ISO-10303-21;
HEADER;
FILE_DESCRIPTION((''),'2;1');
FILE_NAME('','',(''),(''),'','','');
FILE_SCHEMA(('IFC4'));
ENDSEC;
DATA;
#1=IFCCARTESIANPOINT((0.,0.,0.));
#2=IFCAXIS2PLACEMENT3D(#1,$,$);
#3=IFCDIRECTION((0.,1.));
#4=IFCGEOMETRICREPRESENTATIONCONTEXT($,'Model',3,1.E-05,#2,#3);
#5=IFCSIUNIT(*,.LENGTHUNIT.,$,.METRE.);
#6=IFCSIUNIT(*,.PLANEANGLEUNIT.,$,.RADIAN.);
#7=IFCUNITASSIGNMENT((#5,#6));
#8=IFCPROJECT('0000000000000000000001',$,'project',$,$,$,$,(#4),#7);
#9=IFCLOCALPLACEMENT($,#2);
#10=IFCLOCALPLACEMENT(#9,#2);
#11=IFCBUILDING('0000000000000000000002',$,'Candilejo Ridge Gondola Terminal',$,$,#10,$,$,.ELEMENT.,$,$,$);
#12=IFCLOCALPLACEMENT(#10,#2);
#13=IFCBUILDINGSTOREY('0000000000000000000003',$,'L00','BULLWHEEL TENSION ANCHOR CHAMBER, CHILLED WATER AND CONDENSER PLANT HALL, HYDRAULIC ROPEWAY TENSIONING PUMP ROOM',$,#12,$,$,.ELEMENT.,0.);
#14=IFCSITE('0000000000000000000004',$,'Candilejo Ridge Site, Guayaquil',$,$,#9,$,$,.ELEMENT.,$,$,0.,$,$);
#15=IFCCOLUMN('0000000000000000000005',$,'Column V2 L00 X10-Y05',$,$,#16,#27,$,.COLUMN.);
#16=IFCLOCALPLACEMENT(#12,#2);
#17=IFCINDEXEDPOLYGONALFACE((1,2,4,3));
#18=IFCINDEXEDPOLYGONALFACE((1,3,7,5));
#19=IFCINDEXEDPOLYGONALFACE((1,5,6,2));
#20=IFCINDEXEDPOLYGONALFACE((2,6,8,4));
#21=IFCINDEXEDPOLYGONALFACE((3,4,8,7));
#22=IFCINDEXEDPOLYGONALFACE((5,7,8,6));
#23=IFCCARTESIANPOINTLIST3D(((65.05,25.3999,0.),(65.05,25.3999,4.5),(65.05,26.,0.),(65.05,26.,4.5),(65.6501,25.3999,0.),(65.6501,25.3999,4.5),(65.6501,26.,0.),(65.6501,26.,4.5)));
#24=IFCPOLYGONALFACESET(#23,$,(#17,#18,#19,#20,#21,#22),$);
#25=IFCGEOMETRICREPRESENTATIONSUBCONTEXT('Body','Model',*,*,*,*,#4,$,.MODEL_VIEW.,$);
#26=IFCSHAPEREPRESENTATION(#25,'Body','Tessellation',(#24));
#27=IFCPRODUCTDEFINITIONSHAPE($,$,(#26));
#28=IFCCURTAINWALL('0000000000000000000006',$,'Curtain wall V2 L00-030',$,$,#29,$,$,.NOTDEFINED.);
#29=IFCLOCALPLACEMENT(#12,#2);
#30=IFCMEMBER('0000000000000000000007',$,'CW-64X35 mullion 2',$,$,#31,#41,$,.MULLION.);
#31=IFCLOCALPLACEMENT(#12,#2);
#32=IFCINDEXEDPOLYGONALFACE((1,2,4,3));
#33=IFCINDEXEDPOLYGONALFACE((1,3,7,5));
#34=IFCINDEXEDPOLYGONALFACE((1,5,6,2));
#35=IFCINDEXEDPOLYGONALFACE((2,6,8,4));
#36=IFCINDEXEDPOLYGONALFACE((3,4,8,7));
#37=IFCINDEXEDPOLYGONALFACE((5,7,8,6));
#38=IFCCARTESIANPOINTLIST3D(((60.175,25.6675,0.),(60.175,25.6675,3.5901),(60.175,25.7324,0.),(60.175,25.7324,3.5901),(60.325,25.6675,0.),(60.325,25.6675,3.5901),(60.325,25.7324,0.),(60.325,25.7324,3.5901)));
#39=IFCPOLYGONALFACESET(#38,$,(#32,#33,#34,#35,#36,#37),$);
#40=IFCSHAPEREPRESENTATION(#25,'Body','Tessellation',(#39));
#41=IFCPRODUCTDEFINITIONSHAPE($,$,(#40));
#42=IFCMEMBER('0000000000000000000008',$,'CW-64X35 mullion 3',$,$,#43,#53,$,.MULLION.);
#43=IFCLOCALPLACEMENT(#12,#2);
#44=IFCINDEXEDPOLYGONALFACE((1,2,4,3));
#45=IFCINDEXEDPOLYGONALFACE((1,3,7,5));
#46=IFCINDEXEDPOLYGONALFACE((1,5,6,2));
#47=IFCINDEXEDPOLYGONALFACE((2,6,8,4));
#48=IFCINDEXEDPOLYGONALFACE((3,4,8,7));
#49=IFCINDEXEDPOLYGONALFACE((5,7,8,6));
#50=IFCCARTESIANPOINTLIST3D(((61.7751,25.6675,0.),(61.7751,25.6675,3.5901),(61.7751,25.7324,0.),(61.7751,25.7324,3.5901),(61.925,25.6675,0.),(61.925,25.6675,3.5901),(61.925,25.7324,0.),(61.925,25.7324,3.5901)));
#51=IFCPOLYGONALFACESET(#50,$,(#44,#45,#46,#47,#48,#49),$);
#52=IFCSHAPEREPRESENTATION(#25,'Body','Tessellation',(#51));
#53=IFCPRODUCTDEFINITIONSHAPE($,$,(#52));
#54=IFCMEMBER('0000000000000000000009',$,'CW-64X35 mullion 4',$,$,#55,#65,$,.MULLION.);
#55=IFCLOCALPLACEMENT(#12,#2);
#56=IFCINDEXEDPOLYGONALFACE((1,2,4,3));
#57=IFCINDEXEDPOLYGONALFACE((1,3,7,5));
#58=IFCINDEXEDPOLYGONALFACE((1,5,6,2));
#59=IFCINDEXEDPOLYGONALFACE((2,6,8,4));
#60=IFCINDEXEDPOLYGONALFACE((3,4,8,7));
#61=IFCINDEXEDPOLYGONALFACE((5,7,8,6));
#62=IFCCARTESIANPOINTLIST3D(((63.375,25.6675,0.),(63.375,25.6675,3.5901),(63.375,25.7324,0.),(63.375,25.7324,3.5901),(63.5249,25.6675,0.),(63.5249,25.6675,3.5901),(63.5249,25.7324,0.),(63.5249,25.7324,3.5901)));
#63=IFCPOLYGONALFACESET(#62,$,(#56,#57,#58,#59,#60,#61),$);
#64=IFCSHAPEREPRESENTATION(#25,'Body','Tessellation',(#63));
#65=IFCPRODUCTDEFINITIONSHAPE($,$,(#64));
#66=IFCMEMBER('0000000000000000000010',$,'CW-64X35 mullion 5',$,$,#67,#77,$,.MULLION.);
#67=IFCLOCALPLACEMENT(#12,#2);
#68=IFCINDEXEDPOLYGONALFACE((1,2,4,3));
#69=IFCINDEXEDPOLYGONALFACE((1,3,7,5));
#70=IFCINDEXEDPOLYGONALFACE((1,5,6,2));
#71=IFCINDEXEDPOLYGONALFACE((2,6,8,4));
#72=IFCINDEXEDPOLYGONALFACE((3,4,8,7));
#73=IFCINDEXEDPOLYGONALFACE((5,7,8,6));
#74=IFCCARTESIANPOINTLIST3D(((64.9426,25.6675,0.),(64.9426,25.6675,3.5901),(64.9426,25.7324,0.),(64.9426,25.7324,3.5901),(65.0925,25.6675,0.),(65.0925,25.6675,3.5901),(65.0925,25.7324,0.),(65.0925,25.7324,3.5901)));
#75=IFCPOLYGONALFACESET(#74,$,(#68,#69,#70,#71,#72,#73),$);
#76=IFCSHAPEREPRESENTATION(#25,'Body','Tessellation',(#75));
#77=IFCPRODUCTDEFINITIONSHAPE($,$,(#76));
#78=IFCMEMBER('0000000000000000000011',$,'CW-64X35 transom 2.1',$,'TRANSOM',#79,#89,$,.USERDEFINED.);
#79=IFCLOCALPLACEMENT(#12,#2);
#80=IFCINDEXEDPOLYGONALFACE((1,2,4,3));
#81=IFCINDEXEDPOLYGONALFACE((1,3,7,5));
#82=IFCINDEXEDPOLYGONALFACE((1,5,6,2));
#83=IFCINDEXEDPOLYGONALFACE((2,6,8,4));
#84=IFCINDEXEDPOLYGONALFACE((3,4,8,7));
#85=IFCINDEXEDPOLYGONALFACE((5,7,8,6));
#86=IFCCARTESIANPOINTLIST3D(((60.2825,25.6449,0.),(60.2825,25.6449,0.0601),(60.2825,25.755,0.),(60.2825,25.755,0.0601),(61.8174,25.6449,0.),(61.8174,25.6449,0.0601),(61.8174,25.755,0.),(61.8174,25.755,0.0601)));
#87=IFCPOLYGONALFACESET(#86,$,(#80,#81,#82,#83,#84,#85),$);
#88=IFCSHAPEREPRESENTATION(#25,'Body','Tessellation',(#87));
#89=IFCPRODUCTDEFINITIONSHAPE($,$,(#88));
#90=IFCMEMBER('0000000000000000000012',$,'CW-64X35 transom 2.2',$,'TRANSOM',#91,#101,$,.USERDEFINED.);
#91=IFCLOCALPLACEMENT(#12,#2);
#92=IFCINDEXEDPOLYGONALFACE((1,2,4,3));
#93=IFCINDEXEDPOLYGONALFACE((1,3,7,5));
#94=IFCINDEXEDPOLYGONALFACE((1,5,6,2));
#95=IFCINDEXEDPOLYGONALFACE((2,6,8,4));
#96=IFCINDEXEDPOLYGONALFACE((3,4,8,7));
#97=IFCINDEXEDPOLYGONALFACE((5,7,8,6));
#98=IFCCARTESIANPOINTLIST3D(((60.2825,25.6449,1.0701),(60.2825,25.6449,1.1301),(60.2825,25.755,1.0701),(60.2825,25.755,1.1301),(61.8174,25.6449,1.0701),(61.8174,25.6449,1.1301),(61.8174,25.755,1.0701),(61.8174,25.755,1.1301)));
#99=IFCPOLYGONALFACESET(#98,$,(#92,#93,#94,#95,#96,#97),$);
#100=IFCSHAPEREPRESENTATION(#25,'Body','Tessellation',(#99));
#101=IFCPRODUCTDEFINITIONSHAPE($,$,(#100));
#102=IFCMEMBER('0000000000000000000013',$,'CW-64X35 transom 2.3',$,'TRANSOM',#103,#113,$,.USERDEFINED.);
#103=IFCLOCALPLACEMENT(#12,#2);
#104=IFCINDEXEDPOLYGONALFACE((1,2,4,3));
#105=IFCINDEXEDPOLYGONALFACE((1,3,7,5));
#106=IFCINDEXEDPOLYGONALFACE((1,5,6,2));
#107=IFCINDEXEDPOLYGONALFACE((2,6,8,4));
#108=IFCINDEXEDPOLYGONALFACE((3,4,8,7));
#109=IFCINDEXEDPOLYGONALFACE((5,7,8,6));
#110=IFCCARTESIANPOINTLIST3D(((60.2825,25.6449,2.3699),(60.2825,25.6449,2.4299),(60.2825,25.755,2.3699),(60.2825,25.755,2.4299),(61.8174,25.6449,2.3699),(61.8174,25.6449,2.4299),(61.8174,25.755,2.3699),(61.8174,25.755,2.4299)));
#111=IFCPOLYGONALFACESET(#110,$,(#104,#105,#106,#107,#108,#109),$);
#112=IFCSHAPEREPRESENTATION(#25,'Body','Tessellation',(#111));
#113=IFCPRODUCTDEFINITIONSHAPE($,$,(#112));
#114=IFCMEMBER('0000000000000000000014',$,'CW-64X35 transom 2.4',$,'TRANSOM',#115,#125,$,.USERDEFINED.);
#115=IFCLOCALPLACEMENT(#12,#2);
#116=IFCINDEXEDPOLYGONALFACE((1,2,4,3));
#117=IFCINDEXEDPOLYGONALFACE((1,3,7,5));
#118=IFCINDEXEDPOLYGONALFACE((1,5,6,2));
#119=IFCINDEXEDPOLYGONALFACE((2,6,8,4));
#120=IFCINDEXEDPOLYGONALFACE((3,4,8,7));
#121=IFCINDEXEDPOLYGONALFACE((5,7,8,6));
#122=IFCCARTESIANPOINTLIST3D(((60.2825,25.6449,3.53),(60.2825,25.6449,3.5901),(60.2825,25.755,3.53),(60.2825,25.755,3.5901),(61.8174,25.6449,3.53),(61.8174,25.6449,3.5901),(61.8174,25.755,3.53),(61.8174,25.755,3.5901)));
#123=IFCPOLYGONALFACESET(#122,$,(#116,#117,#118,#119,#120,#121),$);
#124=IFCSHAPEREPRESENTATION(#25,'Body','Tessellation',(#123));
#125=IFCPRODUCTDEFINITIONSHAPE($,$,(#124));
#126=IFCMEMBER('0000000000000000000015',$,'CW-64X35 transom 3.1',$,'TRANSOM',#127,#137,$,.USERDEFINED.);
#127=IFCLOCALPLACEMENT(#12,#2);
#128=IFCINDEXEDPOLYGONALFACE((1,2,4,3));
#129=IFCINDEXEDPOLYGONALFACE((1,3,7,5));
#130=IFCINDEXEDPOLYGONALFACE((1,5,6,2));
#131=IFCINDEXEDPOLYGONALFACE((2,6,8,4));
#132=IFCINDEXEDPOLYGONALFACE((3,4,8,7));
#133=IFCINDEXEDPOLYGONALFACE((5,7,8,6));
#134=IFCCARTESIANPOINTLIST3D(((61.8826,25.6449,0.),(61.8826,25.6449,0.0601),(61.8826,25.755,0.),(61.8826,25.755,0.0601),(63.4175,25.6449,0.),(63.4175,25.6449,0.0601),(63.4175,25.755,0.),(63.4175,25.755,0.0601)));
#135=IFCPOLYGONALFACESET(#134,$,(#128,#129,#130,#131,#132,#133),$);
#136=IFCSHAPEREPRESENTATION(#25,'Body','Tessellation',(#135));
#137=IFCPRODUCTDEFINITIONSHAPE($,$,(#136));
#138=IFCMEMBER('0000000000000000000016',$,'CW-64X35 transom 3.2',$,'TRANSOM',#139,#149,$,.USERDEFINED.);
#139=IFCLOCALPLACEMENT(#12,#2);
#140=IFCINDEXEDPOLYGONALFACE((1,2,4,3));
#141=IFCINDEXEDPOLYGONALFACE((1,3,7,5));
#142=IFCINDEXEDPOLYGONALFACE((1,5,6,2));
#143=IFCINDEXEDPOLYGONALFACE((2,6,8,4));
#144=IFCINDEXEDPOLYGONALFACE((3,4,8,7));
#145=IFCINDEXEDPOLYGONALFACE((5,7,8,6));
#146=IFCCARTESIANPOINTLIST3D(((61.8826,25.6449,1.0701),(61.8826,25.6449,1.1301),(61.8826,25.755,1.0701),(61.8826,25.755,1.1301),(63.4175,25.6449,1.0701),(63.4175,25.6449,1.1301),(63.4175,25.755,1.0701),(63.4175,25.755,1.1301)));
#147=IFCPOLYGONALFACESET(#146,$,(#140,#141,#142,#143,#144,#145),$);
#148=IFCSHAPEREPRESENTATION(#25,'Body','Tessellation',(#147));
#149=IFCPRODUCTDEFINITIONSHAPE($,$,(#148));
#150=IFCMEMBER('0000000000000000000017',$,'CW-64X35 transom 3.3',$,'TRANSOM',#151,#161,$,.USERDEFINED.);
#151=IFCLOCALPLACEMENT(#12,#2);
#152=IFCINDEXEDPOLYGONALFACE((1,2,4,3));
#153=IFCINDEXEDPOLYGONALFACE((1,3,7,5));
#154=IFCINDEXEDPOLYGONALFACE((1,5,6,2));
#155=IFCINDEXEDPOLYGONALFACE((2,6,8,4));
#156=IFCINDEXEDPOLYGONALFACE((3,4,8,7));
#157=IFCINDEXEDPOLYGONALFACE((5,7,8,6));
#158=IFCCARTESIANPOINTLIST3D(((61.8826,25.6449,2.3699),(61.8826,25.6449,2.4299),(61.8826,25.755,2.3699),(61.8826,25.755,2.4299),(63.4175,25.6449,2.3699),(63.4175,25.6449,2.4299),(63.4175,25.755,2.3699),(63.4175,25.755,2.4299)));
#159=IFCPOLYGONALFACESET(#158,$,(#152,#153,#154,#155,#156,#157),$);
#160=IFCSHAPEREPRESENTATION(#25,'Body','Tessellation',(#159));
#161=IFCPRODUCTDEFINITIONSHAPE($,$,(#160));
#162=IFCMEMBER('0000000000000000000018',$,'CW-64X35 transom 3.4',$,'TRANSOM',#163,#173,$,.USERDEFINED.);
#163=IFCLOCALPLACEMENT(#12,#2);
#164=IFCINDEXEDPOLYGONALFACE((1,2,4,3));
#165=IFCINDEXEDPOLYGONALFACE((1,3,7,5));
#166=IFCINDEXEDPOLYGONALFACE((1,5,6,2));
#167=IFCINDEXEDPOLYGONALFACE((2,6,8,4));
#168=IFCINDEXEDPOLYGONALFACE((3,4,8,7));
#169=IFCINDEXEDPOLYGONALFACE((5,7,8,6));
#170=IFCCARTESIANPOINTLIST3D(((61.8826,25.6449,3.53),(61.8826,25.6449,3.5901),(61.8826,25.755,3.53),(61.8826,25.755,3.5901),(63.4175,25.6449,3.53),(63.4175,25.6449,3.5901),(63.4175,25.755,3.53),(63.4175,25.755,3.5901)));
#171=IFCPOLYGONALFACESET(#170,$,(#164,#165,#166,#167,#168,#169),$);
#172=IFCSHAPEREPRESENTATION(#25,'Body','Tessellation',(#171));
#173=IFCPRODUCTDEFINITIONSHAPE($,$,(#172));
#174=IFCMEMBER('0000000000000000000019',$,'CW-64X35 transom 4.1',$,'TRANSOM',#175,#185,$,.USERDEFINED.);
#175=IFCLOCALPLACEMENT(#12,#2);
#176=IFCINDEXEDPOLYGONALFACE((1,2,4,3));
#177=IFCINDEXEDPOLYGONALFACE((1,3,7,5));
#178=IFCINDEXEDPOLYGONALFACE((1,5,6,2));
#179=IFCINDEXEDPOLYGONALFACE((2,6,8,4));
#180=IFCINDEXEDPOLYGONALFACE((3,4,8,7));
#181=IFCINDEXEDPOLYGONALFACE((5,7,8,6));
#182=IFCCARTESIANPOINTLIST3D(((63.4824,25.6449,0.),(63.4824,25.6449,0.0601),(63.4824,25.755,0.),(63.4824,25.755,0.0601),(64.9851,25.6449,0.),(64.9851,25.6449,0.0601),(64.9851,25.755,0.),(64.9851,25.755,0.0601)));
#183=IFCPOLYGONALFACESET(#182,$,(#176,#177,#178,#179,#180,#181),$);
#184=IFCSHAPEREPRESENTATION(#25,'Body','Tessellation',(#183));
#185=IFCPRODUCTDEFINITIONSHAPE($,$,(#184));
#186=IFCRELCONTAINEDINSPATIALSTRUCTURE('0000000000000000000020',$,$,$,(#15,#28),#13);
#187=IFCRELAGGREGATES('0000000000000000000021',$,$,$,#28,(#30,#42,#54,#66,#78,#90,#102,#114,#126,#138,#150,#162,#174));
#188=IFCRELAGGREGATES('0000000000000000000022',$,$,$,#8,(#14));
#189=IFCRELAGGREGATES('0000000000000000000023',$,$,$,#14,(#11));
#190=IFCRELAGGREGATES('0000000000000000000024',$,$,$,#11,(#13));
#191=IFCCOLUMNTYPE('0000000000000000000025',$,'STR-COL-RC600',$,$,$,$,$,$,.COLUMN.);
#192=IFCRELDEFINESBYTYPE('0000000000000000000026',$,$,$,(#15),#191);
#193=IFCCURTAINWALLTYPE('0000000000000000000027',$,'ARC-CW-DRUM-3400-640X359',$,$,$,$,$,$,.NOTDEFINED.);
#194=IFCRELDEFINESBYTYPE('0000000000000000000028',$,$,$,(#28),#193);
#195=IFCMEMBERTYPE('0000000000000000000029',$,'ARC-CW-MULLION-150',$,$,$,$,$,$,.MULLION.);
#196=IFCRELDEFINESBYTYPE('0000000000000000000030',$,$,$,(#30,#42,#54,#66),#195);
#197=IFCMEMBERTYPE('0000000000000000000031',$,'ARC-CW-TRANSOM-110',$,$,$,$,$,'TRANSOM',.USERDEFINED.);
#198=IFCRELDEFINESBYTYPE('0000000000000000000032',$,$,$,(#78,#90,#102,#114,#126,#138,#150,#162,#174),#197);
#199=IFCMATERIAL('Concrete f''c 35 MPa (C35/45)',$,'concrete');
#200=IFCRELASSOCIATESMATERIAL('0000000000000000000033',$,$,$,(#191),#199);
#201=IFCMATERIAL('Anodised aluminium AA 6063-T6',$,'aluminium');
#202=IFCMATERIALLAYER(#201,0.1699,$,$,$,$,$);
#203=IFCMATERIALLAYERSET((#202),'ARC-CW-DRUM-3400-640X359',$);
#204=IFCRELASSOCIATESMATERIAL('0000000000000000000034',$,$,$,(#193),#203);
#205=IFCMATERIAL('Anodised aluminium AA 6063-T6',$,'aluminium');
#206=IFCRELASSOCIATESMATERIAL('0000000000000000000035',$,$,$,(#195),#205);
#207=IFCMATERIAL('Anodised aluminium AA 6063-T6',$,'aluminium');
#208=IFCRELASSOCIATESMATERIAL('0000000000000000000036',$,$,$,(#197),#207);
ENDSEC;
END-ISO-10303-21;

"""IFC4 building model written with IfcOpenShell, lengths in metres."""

from ifc_helpers import new_model, si_unit, direction, frame, origin, origin_2d, place, context, subcontext, project, spatial, rectangle, extrude, material, layer, layer_set, material_profile, profile_set, type_object, element, aggregate, save


model = new_model("IFC4")

# Units and contexts
model_context = context("Model", 3, precision=1e-05, world=origin(), true_north=direction((0.0, 1.0)))
body_context = subcontext(model_context, "Body", "Model", "MODEL_VIEW")
ifc_project = project(units=[si_unit("LENGTHUNIT", "METRE"), si_unit("PLANEANGLEUNIT", "RADIAN")], contexts=[model_context])

# Site, building, storey
site_placement = place(None, origin())
site = spatial("IfcSite", under=ifc_project, at=site_placement, Name="Candilejo Ridge Site, Guayaquil", CompositionType="ELEMENT", RefElevation=0.0)
building_placement = place(site_placement, origin())
building = spatial("IfcBuilding", under=site, at=building_placement, Name="Candilejo Ridge Gondola Terminal", CompositionType="ELEMENT")
storey_placement = place(building_placement, origin())
storey = spatial("IfcBuildingStorey", under=building, at=storey_placement, Name="L00", Description="BULLWHEEL TENSION ANCHOR CHAMBER, CHILLED WATER AND CONDENSER PLANT HALL, HYDRAULIC ROPEWAY TENSIONING PUMP ROOM", CompositionType="ELEMENT", Elevation=0.0)

# Column
ifc_material_1 = material(Name="Concrete f'c 35 MPa (C35/45)", Category="concrete")
ifc_material_profile_1 = material_profile(ifc_material_1, rectangle(XDim=0.6001, YDim=0.6001, at=origin_2d()))
ifc_profile_set_1 = profile_set([ifc_material_profile_1], Name="Concrete f'c 35 MPa (C35/45)")
column_type = type_object("IfcColumnType", Name="STR-COL-RC600", PredefinedType="COLUMN", material=ifc_profile_set_1)
column_placement = place(storey_placement, frame((65.3501, 25.7, 0.0), z_axis=(0.0, 0.0, 1.0), x_axis=(1.0, 0.0, 0.0)))
element("IfcColumn", 1, at=column_placement, inside=storey, type_object=column_type, Name="Column V2 L00 X10-Y05", PredefinedType="COLUMN", context=body_context, shape_type="SweptSolid", body=[
    extrude(rectangle(XDim=0.6001, YDim=0.6001, at=origin_2d()), origin(), (0.0, 0.0, 1.0), 4.5),
])

# Curtain wall, members
ifc_material_2 = material(Name="Anodised aluminium AA 6063-T6", Category="aluminium")
ifc_layer_1 = layer(ifc_material_2, 0.1699)
ifc_layer_set_1 = layer_set([ifc_layer_1], Name="ARC-CW-DRUM-3400-640X359")
curtain_wall_type = type_object("IfcCurtainWallType", Name="ARC-CW-DRUM-3400-640X359", PredefinedType="NOTDEFINED", material=ifc_layer_set_1)
curtain_wall_placement = place(storey_placement, origin())
curtain_wall = element("IfcCurtainWall", 2, at=curtain_wall_placement, inside=storey, type_object=curtain_wall_type, Name="Curtain wall V2 L00-030", PredefinedType="NOTDEFINED")
ifc_material_3 = material(Name="Anodised aluminium AA 6063-T6", Category="aluminium")
ifc_material_profile_2 = material_profile(ifc_material_3, rectangle(XDim=0.0649, YDim=0.1499, at=origin_2d()))
ifc_profile_set_2 = profile_set([ifc_material_profile_2], Name="Anodised aluminium AA 6063-T6")
member_type_1 = type_object("IfcMemberType", Name="ARC-CW-MULLION-150", PredefinedType="MULLION", material=ifc_profile_set_2)
member_1_placement = place(storey_placement, frame((60.25, 25.7, 0.0), z_axis=(0.0, 0.0, 1.0), x_axis=(0.0, 1.0, 0.0)))
member_1 = element("IfcMember", 3, at=member_1_placement, type_object=member_type_1, Name="CW-64X35 mullion 2", PredefinedType="MULLION", context=body_context, shape_type="SweptSolid", body=[
    extrude(rectangle(XDim=0.0649, YDim=0.1499, at=origin_2d()), origin(), (0.0, 0.0, 1.0), 3.5901),
])
member_2_placement = place(storey_placement, frame((61.8501, 25.7, 0.0), z_axis=(0.0, 0.0, 1.0), x_axis=(0.0, 1.0, 0.0)))
member_2 = element("IfcMember", 4, at=member_2_placement, type_object=member_type_1, Name="CW-64X35 mullion 3", PredefinedType="MULLION", context=body_context, shape_type="SweptSolid", body=[
    extrude(rectangle(XDim=0.0649, YDim=0.1499, at=origin_2d()), origin(), (0.0, 0.0, 1.0), 3.5901),
])
member_3_placement = place(storey_placement, frame((63.45, 25.7, 0.0), z_axis=(0.0, 0.0, 1.0), x_axis=(0.0, 1.0, 0.0)))
member_3 = element("IfcMember", 5, at=member_3_placement, type_object=member_type_1, Name="CW-64X35 mullion 4", PredefinedType="MULLION", context=body_context, shape_type="SweptSolid", body=[
    extrude(rectangle(XDim=0.0649, YDim=0.1499, at=origin_2d()), origin(), (0.0, 0.0, 1.0), 3.5901),
])
member_4_placement = place(storey_placement, frame((65.0176, 25.7, 0.0), z_axis=(0.0, 0.0, 1.0), x_axis=(0.0, 1.0, 0.0)))
member_4 = element("IfcMember", 6, at=member_4_placement, type_object=member_type_1, Name="CW-64X35 mullion 5", PredefinedType="MULLION", context=body_context, shape_type="SweptSolid", body=[
    extrude(rectangle(XDim=0.0649, YDim=0.1499, at=origin_2d()), origin(), (0.0, 0.0, 1.0), 3.5901),
])
ifc_material_4 = material(Name="Anodised aluminium AA 6063-T6", Category="aluminium")
ifc_material_profile_3 = material_profile(ifc_material_4, rectangle(XDim=0.1101, YDim=0.0601, at=origin_2d()))
ifc_profile_set_3 = profile_set([ifc_material_profile_3], Name="Anodised aluminium AA 6063-T6")
member_type_2 = type_object("IfcMemberType", Name="ARC-CW-TRANSOM-110", ElementType="TRANSOM", PredefinedType="USERDEFINED", material=ifc_profile_set_3)
member_5_placement = place(storey_placement, frame((60.2825, 25.7, 0.03), z_axis=(1.0, 0.0, 0.0), x_axis=(0.0, 1.0, 0.0)))
member_5 = element("IfcMember", 7, at=member_5_placement, type_object=member_type_2, Name="CW-64X35 transom 2.1", ObjectType="TRANSOM", PredefinedType="USERDEFINED", context=body_context, shape_type="SweptSolid", body=[
    extrude(rectangle(XDim=0.1101, YDim=0.0601, at=origin_2d()), origin(), (0.0, 0.0, 1.0), 1.5349),
])
member_6_placement = place(storey_placement, frame((60.2825, 25.7, 1.1001), z_axis=(1.0, 0.0, 0.0), x_axis=(0.0, 1.0, 0.0)))
member_6 = element("IfcMember", 8, at=member_6_placement, type_object=member_type_2, Name="CW-64X35 transom 2.2", ObjectType="TRANSOM", PredefinedType="USERDEFINED", context=body_context, shape_type="SweptSolid", body=[
    extrude(rectangle(XDim=0.1101, YDim=0.0601, at=origin_2d()), origin(), (0.0, 0.0, 1.0), 1.5349),
])
member_7_placement = place(storey_placement, frame((60.2825, 25.7, 2.3999), z_axis=(1.0, 0.0, 0.0), x_axis=(0.0, 1.0, 0.0)))
member_7 = element("IfcMember", 9, at=member_7_placement, type_object=member_type_2, Name="CW-64X35 transom 2.3", ObjectType="TRANSOM", PredefinedType="USERDEFINED", context=body_context, shape_type="SweptSolid", body=[
    extrude(rectangle(XDim=0.1101, YDim=0.0601, at=origin_2d()), origin(), (0.0, 0.0, 1.0), 1.5349),
])
member_8_placement = place(storey_placement, frame((60.2825, 25.7, 3.5601), z_axis=(1.0, 0.0, 0.0), x_axis=(0.0, 1.0, 0.0)))
member_8 = element("IfcMember", 10, at=member_8_placement, type_object=member_type_2, Name="CW-64X35 transom 2.4", ObjectType="TRANSOM", PredefinedType="USERDEFINED", context=body_context, shape_type="SweptSolid", body=[
    extrude(rectangle(XDim=0.1101, YDim=0.0601, at=origin_2d()), origin(), (0.0, 0.0, 1.0), 1.5349),
])
member_9_placement = place(storey_placement, frame((61.8826, 25.7, 0.03), z_axis=(1.0, 0.0, 0.0), x_axis=(0.0, 1.0, 0.0)))
member_9 = element("IfcMember", 11, at=member_9_placement, type_object=member_type_2, Name="CW-64X35 transom 3.1", ObjectType="TRANSOM", PredefinedType="USERDEFINED", context=body_context, shape_type="SweptSolid", body=[
    extrude(rectangle(XDim=0.1101, YDim=0.0601, at=origin_2d()), origin(), (0.0, 0.0, 1.0), 1.5349),
])
member_10_placement = place(storey_placement, frame((61.8826, 25.7, 1.1001), z_axis=(1.0, 0.0, 0.0), x_axis=(0.0, 1.0, 0.0)))
member_10 = element("IfcMember", 12, at=member_10_placement, type_object=member_type_2, Name="CW-64X35 transom 3.2", ObjectType="TRANSOM", PredefinedType="USERDEFINED", context=body_context, shape_type="SweptSolid", body=[
    extrude(rectangle(XDim=0.1101, YDim=0.0601, at=origin_2d()), origin(), (0.0, 0.0, 1.0), 1.5349),
])
member_11_placement = place(storey_placement, frame((61.8826, 25.7, 2.3999), z_axis=(1.0, 0.0, 0.0), x_axis=(0.0, 1.0, 0.0)))
member_11 = element("IfcMember", 13, at=member_11_placement, type_object=member_type_2, Name="CW-64X35 transom 3.3", ObjectType="TRANSOM", PredefinedType="USERDEFINED", context=body_context, shape_type="SweptSolid", body=[
    extrude(rectangle(XDim=0.1101, YDim=0.0601, at=origin_2d()), origin(), (0.0, 0.0, 1.0), 1.5349),
])
member_12_placement = place(storey_placement, frame((61.8826, 25.7, 3.5601), z_axis=(1.0, 0.0, 0.0), x_axis=(0.0, 1.0, 0.0)))
member_12 = element("IfcMember", 14, at=member_12_placement, type_object=member_type_2, Name="CW-64X35 transom 3.4", ObjectType="TRANSOM", PredefinedType="USERDEFINED", context=body_context, shape_type="SweptSolid", body=[
    extrude(rectangle(XDim=0.1101, YDim=0.0601, at=origin_2d()), origin(), (0.0, 0.0, 1.0), 1.5349),
])
member_13_placement = place(storey_placement, frame((63.4824, 25.7, 0.03), z_axis=(1.0, 0.0, 0.0), x_axis=(0.0, 1.0, 0.0)))
member_13 = element("IfcMember", 15, at=member_13_placement, type_object=member_type_2, Name="CW-64X35 transom 4.1", ObjectType="TRANSOM", PredefinedType="USERDEFINED", context=body_context, shape_type="SweptSolid", body=[
    extrude(rectangle(XDim=0.1101, YDim=0.0601, at=origin_2d()), origin(), (0.0, 0.0, 1.0), 1.5027),
])

aggregate(curtain_wall, [member_1, member_2, member_3, member_4, member_5, member_6, member_7, member_8, member_9, member_10, member_11, member_12, member_13])

save(model, "model.ifc")
